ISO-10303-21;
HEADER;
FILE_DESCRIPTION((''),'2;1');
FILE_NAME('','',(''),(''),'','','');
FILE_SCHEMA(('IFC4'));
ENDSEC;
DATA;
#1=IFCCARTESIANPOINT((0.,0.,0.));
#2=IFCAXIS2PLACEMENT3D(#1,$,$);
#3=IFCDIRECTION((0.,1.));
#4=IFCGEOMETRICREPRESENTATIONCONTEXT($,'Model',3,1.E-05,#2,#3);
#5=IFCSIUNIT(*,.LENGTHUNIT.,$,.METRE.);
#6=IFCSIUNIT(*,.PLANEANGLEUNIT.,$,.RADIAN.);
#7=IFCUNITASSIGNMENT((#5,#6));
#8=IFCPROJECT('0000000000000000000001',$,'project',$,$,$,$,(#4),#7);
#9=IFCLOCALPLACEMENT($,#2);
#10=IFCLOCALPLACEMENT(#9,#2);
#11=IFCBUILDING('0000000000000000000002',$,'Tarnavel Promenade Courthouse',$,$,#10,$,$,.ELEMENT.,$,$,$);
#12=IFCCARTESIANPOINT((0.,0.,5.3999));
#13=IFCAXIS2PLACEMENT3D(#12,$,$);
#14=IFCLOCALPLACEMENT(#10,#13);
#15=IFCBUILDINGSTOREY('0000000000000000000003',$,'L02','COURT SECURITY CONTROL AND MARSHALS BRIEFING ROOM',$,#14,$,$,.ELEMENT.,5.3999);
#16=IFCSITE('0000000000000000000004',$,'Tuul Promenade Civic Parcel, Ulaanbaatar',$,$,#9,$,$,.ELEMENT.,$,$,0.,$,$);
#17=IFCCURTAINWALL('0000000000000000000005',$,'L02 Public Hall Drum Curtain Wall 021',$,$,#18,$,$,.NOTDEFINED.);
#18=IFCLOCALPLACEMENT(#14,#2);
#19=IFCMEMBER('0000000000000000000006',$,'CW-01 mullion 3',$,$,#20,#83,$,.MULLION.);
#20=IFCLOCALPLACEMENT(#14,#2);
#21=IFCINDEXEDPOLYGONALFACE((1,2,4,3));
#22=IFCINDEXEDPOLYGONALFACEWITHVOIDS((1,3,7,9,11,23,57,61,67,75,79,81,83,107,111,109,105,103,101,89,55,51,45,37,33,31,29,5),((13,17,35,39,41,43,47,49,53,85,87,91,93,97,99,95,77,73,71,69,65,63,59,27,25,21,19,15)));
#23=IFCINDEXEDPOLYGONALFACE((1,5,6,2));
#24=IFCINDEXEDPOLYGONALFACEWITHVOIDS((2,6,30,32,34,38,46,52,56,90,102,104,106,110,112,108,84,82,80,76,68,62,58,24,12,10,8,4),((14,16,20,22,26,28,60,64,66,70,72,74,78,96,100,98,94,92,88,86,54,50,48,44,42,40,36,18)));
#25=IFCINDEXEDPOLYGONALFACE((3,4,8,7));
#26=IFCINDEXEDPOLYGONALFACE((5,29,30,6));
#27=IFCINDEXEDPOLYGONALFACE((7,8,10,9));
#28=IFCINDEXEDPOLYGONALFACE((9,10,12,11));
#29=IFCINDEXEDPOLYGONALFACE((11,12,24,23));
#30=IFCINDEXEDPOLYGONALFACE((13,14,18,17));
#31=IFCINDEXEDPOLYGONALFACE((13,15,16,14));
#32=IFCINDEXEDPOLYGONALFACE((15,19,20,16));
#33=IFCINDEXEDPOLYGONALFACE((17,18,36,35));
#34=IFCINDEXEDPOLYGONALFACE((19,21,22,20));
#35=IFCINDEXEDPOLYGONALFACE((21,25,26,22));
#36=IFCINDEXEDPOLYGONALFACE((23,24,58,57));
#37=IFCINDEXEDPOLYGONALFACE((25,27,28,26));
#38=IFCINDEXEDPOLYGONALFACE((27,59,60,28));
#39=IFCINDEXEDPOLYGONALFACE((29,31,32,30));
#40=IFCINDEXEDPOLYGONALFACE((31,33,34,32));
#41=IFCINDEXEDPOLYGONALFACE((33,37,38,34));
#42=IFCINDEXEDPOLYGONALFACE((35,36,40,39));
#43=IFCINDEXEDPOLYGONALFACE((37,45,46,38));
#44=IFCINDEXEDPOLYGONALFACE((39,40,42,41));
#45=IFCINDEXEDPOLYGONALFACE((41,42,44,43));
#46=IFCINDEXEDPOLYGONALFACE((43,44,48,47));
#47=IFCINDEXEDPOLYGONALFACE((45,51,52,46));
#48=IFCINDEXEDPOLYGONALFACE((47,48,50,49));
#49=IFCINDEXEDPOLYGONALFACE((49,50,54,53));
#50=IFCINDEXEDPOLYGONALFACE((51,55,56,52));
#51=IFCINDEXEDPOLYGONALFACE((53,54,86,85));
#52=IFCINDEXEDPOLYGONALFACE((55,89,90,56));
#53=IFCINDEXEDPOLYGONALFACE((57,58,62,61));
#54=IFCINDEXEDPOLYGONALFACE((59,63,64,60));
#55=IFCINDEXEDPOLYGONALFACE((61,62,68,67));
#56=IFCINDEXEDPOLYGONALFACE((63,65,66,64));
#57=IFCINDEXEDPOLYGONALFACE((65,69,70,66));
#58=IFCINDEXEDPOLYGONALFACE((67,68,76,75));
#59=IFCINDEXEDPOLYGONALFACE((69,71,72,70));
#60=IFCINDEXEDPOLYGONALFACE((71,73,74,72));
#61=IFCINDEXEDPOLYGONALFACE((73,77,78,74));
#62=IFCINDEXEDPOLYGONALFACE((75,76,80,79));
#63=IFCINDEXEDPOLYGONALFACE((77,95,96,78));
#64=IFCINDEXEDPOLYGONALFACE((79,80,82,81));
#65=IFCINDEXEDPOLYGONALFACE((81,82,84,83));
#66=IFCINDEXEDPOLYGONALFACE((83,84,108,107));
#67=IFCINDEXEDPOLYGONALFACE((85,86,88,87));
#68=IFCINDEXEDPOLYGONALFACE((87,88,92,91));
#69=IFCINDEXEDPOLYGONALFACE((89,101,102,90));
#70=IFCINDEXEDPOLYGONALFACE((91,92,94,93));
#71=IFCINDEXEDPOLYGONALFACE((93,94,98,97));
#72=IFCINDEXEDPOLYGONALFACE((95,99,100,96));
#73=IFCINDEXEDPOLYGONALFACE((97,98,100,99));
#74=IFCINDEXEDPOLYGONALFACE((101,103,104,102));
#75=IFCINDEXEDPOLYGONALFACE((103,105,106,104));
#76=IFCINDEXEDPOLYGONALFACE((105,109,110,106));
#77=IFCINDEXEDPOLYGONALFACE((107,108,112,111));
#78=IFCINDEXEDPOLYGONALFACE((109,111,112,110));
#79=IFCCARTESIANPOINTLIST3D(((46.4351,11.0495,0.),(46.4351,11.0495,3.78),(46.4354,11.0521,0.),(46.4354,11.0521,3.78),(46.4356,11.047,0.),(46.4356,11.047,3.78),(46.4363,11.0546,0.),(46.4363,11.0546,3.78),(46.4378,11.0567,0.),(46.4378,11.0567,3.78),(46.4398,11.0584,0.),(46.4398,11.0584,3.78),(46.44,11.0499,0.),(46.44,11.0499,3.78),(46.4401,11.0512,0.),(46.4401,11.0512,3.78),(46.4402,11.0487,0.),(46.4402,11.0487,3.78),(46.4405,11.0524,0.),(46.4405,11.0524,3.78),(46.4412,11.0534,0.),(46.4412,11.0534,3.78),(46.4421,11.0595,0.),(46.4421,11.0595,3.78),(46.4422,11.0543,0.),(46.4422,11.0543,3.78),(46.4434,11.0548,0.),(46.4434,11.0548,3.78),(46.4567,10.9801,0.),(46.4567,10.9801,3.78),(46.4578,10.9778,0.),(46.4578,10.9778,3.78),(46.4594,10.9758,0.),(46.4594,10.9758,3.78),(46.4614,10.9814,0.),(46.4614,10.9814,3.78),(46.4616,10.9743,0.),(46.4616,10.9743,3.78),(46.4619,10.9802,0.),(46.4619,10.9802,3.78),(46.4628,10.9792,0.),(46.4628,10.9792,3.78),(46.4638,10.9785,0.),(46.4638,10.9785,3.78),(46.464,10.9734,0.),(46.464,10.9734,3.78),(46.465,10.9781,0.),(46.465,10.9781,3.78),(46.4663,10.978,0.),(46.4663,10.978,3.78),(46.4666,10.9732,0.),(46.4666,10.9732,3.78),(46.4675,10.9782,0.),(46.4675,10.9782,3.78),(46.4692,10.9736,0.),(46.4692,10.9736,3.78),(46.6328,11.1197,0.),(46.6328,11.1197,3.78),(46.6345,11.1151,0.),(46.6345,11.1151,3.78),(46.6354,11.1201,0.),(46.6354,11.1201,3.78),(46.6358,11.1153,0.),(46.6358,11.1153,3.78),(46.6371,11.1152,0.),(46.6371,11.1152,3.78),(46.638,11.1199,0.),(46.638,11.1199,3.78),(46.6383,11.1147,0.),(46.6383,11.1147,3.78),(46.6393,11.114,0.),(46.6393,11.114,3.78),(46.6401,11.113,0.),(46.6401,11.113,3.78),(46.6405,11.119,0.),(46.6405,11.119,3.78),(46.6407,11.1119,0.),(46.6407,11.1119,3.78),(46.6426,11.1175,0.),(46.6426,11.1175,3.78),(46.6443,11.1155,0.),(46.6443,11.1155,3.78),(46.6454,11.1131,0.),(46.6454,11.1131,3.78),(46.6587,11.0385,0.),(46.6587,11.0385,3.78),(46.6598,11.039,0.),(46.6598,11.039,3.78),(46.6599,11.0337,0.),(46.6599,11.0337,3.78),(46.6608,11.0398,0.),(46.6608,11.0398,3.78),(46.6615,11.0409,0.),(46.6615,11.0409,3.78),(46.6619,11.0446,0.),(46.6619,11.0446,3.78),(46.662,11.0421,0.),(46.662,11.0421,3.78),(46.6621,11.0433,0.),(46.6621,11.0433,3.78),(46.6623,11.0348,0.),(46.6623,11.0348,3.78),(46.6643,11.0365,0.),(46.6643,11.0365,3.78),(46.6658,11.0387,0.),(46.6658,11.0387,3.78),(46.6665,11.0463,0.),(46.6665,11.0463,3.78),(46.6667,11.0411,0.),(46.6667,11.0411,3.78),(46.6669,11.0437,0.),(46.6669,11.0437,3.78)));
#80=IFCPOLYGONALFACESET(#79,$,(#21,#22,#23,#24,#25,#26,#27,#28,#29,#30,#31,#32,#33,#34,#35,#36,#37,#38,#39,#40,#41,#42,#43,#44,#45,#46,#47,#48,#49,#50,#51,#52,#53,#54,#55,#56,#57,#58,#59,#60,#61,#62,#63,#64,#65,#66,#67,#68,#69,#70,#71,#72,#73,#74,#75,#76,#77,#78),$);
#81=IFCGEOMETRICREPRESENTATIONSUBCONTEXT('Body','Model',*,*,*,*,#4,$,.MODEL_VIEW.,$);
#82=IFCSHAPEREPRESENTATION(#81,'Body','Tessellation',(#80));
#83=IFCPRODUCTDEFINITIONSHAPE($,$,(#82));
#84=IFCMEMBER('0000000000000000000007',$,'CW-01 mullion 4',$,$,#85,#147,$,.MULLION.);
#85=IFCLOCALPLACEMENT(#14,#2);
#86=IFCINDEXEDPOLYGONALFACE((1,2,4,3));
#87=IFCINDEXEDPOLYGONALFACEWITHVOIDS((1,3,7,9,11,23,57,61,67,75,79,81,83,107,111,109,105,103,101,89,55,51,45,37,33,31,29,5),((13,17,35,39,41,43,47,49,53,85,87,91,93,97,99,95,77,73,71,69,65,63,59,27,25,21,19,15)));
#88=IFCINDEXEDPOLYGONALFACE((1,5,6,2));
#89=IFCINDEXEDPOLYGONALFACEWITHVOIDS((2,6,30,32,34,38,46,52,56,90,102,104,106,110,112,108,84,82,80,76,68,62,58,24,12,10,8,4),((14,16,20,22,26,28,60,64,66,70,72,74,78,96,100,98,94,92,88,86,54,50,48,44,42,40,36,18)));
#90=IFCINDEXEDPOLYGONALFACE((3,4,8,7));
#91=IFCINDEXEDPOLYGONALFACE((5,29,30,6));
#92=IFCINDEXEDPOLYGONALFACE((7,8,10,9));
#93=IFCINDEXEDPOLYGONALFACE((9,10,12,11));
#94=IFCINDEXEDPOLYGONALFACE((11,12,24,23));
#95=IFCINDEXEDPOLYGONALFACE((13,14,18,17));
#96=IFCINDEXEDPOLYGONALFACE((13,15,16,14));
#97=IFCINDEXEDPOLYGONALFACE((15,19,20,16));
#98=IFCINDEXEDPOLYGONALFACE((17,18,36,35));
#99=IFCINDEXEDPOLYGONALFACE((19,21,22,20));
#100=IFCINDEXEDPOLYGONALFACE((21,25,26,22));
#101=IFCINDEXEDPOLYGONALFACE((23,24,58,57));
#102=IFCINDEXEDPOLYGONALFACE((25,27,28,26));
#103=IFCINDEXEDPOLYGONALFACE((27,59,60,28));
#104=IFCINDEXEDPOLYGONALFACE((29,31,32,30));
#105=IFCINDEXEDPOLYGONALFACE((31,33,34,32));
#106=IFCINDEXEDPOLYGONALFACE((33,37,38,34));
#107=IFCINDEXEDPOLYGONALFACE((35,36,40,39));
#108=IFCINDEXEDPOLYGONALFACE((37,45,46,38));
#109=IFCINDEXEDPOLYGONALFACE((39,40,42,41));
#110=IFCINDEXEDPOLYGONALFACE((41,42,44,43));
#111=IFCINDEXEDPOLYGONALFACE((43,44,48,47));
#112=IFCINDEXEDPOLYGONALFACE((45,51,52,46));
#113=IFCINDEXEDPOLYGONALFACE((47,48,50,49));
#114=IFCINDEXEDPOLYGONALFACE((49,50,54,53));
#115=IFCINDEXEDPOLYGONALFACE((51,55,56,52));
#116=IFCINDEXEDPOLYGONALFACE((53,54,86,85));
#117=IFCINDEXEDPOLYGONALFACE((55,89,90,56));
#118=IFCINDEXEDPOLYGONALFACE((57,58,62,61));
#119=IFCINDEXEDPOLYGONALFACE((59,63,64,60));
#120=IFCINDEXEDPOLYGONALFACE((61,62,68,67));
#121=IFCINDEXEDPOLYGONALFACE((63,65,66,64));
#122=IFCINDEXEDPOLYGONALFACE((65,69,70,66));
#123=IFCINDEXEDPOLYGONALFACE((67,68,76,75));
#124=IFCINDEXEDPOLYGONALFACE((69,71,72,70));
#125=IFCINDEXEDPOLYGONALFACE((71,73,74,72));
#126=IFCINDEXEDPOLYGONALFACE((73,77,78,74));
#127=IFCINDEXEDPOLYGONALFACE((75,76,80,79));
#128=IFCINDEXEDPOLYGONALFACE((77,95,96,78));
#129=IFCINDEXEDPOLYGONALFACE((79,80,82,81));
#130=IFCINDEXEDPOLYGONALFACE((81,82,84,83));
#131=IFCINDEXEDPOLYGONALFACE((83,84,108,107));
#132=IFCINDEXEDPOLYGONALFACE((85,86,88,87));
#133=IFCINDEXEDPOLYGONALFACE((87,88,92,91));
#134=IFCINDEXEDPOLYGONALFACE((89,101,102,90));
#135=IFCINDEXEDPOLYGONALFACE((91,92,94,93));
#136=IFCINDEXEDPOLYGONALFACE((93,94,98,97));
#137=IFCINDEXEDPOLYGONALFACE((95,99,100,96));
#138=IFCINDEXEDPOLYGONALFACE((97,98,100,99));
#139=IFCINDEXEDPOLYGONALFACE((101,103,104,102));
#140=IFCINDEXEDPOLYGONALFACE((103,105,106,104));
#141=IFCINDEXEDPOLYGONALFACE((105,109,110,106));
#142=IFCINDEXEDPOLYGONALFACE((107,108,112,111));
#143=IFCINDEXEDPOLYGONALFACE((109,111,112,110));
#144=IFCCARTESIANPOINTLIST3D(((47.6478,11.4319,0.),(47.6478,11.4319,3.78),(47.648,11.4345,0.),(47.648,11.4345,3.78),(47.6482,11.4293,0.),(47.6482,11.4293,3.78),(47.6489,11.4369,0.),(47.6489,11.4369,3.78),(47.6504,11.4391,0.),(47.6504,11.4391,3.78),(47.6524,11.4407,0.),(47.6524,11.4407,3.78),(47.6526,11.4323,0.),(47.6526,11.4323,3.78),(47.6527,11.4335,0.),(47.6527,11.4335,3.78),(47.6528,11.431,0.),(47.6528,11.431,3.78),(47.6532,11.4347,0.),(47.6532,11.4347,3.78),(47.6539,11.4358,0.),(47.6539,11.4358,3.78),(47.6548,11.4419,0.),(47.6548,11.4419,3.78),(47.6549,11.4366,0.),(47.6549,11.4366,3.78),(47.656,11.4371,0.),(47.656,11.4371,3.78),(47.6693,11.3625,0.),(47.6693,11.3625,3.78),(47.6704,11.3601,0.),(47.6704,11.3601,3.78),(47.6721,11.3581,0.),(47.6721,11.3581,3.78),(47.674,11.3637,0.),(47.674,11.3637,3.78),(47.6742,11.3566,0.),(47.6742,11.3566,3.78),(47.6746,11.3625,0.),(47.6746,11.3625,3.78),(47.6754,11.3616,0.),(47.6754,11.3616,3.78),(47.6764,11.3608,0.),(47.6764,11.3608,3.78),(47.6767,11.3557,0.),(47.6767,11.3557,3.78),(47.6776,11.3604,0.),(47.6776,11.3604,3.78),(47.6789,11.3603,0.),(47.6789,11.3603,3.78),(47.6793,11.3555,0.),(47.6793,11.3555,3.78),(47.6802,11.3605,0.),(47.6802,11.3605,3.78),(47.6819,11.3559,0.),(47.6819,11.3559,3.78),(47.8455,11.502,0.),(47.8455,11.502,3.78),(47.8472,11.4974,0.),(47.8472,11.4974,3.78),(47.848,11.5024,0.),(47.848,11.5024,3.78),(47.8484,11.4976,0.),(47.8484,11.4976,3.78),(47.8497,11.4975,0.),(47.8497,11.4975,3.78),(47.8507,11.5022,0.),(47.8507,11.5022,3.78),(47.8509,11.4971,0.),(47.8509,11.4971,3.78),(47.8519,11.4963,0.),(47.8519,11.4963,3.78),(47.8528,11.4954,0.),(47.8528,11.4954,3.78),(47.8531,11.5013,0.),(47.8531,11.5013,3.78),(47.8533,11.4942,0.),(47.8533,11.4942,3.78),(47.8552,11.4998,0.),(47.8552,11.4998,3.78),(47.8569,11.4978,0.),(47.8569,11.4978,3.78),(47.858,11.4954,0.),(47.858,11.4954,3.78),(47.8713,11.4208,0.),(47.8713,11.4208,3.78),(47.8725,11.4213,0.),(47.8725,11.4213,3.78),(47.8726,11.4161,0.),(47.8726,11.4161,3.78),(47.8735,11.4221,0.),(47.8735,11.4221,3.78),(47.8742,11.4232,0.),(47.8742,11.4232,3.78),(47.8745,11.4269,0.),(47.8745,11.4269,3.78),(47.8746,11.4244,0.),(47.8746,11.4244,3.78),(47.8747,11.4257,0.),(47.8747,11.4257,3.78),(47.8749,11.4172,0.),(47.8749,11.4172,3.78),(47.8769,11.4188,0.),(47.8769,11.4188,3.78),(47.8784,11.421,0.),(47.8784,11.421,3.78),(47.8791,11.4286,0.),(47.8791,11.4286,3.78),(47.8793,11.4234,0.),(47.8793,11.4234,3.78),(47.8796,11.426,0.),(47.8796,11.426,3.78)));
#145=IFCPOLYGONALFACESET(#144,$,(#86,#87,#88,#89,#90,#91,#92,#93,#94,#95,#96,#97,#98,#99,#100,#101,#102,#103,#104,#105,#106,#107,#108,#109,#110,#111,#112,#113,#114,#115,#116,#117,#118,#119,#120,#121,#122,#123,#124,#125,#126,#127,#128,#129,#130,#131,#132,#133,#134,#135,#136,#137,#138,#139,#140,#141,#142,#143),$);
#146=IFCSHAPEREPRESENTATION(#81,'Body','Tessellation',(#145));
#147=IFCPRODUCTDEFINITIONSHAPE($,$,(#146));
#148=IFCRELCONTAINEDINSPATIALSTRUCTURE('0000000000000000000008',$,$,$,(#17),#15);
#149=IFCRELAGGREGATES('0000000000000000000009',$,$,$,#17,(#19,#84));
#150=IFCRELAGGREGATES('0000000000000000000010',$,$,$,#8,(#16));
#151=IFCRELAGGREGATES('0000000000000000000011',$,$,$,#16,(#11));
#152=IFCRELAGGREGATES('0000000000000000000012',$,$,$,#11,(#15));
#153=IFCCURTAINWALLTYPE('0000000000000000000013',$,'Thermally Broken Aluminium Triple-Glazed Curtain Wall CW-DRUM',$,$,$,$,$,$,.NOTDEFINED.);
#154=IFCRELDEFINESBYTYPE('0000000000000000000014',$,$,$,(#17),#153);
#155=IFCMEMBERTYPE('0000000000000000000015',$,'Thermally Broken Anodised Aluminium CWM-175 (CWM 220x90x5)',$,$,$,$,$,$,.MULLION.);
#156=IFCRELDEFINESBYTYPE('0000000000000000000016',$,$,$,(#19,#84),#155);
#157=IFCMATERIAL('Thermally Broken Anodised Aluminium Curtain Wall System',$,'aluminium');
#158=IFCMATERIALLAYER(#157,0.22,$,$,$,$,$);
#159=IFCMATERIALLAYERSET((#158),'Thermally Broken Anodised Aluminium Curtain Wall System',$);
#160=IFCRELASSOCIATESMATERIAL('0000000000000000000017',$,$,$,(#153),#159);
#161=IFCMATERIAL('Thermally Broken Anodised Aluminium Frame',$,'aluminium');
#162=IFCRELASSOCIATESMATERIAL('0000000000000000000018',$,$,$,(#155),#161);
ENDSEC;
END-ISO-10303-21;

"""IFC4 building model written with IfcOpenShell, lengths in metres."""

from ifc_helpers import new_model, si_unit, direction, frame, origin, origin_2d, place, context, subcontext, project, spatial, hollow_rectangle, extrude, material, layer, layer_set, material_profile, profile_set, type_object, element, aggregate, save


model = new_model("IFC4")

# Units and contexts
model_context = context("Model", 3, precision=1e-05, world=origin(), true_north=direction((0.0, 1.0)))
body_context = subcontext(model_context, "Body", "Model", "MODEL_VIEW")
ifc_project = project(units=[si_unit("LENGTHUNIT", "METRE"), si_unit("PLANEANGLEUNIT", "RADIAN")], contexts=[model_context])

# Site, building, storey
site_placement = place(None, origin())
site = spatial("IfcSite", under=ifc_project, at=site_placement, Name="Tuul Promenade Civic Parcel, Ulaanbaatar", CompositionType="ELEMENT", RefElevation=0.0)
building_placement = place(site_placement, origin())
building = spatial("IfcBuilding", under=site, at=building_placement, Name="Tarnavel Promenade Courthouse", CompositionType="ELEMENT")
storey_placement = place(building_placement, frame((0.0, 0.0, 5.3999)))
storey = spatial("IfcBuildingStorey", under=building, at=storey_placement, Name="L02", Description="COURT SECURITY CONTROL AND MARSHALS BRIEFING ROOM", CompositionType="ELEMENT", Elevation=5.3999)

# Curtain wall, members
ifc_material_1 = material(Name="Thermally Broken Anodised Aluminium Curtain Wall System", Category="aluminium")
ifc_layer_1 = layer(ifc_material_1, 0.22)
ifc_layer_set_1 = layer_set([ifc_layer_1], Name="Thermally Broken Anodised Aluminium Curtain Wall System")
curtain_wall_type = type_object("IfcCurtainWallType", Name="Thermally Broken Aluminium Triple-Glazed Curtain Wall CW-DRUM", PredefinedType="NOTDEFINED", material=ifc_layer_set_1)
curtain_wall_1_placement = place(storey_placement, origin())
curtain_wall_1 = element("IfcCurtainWall", 1, at=curtain_wall_1_placement, inside=storey, type_object=curtain_wall_type, Name="L02 Public Hall Drum Curtain Wall 021", PredefinedType="NOTDEFINED")
ifc_material_2 = material(Name="Thermally Broken Anodised Aluminium Frame", Category="aluminium")
ifc_material_profile_1 = material_profile(ifc_material_2, hollow_rectangle(XDim=0.0901, YDim=0.22, WallThickness=0.0049, InnerFilletRadius=0.0049, OuterFilletRadius=0.01, at=origin_2d()), Name="CWM 220x90x5")
ifc_profile_set_1 = profile_set([ifc_material_profile_1], Name="Thermally Broken Anodised Aluminium Frame")
member_type_1 = type_object("IfcMemberType", Name="Thermally Broken Anodised Aluminium CWM-175 (CWM 220x90x5)", PredefinedType="MULLION", material=ifc_profile_set_1)
member_1_placement = place(storey_placement, frame((46.551, 11.0466, 0.0), z_axis=(0.0, 0.0, 1.0), x_axis=(-0.300705, 0.953717, 0.0)))
member_1 = element("IfcMember", 2, at=member_1_placement, type_object=member_type_1, Name="CW-01 mullion 3", PredefinedType="MULLION", context=body_context, shape_type="SweptSolid", body=[
    extrude(hollow_rectangle(XDim=0.0901, YDim=0.22, WallThickness=0.0049, InnerFilletRadius=0.0049, OuterFilletRadius=0.01, at=origin_2d()), origin(), (0.0, 0.0, 1.0), 3.78),
])
member_2_placement = place(storey_placement, frame((47.7637, 11.429, 0.0), z_axis=(0.0, 0.0, 1.0), x_axis=(-0.300705, 0.953717, 0.0)))
member_2 = element("IfcMember", 3, at=member_2_placement, type_object=member_type_1, Name="CW-01 mullion 4", PredefinedType="MULLION", context=body_context, shape_type="SweptSolid", body=[
    extrude(hollow_rectangle(XDim=0.0901, YDim=0.22, WallThickness=0.0049, InnerFilletRadius=0.0049, OuterFilletRadius=0.01, at=origin_2d()), origin(), (0.0, 0.0, 1.0), 3.78),
])

aggregate(curtain_wall_1, [member_1, member_2])

save(model, "model.ifc")
